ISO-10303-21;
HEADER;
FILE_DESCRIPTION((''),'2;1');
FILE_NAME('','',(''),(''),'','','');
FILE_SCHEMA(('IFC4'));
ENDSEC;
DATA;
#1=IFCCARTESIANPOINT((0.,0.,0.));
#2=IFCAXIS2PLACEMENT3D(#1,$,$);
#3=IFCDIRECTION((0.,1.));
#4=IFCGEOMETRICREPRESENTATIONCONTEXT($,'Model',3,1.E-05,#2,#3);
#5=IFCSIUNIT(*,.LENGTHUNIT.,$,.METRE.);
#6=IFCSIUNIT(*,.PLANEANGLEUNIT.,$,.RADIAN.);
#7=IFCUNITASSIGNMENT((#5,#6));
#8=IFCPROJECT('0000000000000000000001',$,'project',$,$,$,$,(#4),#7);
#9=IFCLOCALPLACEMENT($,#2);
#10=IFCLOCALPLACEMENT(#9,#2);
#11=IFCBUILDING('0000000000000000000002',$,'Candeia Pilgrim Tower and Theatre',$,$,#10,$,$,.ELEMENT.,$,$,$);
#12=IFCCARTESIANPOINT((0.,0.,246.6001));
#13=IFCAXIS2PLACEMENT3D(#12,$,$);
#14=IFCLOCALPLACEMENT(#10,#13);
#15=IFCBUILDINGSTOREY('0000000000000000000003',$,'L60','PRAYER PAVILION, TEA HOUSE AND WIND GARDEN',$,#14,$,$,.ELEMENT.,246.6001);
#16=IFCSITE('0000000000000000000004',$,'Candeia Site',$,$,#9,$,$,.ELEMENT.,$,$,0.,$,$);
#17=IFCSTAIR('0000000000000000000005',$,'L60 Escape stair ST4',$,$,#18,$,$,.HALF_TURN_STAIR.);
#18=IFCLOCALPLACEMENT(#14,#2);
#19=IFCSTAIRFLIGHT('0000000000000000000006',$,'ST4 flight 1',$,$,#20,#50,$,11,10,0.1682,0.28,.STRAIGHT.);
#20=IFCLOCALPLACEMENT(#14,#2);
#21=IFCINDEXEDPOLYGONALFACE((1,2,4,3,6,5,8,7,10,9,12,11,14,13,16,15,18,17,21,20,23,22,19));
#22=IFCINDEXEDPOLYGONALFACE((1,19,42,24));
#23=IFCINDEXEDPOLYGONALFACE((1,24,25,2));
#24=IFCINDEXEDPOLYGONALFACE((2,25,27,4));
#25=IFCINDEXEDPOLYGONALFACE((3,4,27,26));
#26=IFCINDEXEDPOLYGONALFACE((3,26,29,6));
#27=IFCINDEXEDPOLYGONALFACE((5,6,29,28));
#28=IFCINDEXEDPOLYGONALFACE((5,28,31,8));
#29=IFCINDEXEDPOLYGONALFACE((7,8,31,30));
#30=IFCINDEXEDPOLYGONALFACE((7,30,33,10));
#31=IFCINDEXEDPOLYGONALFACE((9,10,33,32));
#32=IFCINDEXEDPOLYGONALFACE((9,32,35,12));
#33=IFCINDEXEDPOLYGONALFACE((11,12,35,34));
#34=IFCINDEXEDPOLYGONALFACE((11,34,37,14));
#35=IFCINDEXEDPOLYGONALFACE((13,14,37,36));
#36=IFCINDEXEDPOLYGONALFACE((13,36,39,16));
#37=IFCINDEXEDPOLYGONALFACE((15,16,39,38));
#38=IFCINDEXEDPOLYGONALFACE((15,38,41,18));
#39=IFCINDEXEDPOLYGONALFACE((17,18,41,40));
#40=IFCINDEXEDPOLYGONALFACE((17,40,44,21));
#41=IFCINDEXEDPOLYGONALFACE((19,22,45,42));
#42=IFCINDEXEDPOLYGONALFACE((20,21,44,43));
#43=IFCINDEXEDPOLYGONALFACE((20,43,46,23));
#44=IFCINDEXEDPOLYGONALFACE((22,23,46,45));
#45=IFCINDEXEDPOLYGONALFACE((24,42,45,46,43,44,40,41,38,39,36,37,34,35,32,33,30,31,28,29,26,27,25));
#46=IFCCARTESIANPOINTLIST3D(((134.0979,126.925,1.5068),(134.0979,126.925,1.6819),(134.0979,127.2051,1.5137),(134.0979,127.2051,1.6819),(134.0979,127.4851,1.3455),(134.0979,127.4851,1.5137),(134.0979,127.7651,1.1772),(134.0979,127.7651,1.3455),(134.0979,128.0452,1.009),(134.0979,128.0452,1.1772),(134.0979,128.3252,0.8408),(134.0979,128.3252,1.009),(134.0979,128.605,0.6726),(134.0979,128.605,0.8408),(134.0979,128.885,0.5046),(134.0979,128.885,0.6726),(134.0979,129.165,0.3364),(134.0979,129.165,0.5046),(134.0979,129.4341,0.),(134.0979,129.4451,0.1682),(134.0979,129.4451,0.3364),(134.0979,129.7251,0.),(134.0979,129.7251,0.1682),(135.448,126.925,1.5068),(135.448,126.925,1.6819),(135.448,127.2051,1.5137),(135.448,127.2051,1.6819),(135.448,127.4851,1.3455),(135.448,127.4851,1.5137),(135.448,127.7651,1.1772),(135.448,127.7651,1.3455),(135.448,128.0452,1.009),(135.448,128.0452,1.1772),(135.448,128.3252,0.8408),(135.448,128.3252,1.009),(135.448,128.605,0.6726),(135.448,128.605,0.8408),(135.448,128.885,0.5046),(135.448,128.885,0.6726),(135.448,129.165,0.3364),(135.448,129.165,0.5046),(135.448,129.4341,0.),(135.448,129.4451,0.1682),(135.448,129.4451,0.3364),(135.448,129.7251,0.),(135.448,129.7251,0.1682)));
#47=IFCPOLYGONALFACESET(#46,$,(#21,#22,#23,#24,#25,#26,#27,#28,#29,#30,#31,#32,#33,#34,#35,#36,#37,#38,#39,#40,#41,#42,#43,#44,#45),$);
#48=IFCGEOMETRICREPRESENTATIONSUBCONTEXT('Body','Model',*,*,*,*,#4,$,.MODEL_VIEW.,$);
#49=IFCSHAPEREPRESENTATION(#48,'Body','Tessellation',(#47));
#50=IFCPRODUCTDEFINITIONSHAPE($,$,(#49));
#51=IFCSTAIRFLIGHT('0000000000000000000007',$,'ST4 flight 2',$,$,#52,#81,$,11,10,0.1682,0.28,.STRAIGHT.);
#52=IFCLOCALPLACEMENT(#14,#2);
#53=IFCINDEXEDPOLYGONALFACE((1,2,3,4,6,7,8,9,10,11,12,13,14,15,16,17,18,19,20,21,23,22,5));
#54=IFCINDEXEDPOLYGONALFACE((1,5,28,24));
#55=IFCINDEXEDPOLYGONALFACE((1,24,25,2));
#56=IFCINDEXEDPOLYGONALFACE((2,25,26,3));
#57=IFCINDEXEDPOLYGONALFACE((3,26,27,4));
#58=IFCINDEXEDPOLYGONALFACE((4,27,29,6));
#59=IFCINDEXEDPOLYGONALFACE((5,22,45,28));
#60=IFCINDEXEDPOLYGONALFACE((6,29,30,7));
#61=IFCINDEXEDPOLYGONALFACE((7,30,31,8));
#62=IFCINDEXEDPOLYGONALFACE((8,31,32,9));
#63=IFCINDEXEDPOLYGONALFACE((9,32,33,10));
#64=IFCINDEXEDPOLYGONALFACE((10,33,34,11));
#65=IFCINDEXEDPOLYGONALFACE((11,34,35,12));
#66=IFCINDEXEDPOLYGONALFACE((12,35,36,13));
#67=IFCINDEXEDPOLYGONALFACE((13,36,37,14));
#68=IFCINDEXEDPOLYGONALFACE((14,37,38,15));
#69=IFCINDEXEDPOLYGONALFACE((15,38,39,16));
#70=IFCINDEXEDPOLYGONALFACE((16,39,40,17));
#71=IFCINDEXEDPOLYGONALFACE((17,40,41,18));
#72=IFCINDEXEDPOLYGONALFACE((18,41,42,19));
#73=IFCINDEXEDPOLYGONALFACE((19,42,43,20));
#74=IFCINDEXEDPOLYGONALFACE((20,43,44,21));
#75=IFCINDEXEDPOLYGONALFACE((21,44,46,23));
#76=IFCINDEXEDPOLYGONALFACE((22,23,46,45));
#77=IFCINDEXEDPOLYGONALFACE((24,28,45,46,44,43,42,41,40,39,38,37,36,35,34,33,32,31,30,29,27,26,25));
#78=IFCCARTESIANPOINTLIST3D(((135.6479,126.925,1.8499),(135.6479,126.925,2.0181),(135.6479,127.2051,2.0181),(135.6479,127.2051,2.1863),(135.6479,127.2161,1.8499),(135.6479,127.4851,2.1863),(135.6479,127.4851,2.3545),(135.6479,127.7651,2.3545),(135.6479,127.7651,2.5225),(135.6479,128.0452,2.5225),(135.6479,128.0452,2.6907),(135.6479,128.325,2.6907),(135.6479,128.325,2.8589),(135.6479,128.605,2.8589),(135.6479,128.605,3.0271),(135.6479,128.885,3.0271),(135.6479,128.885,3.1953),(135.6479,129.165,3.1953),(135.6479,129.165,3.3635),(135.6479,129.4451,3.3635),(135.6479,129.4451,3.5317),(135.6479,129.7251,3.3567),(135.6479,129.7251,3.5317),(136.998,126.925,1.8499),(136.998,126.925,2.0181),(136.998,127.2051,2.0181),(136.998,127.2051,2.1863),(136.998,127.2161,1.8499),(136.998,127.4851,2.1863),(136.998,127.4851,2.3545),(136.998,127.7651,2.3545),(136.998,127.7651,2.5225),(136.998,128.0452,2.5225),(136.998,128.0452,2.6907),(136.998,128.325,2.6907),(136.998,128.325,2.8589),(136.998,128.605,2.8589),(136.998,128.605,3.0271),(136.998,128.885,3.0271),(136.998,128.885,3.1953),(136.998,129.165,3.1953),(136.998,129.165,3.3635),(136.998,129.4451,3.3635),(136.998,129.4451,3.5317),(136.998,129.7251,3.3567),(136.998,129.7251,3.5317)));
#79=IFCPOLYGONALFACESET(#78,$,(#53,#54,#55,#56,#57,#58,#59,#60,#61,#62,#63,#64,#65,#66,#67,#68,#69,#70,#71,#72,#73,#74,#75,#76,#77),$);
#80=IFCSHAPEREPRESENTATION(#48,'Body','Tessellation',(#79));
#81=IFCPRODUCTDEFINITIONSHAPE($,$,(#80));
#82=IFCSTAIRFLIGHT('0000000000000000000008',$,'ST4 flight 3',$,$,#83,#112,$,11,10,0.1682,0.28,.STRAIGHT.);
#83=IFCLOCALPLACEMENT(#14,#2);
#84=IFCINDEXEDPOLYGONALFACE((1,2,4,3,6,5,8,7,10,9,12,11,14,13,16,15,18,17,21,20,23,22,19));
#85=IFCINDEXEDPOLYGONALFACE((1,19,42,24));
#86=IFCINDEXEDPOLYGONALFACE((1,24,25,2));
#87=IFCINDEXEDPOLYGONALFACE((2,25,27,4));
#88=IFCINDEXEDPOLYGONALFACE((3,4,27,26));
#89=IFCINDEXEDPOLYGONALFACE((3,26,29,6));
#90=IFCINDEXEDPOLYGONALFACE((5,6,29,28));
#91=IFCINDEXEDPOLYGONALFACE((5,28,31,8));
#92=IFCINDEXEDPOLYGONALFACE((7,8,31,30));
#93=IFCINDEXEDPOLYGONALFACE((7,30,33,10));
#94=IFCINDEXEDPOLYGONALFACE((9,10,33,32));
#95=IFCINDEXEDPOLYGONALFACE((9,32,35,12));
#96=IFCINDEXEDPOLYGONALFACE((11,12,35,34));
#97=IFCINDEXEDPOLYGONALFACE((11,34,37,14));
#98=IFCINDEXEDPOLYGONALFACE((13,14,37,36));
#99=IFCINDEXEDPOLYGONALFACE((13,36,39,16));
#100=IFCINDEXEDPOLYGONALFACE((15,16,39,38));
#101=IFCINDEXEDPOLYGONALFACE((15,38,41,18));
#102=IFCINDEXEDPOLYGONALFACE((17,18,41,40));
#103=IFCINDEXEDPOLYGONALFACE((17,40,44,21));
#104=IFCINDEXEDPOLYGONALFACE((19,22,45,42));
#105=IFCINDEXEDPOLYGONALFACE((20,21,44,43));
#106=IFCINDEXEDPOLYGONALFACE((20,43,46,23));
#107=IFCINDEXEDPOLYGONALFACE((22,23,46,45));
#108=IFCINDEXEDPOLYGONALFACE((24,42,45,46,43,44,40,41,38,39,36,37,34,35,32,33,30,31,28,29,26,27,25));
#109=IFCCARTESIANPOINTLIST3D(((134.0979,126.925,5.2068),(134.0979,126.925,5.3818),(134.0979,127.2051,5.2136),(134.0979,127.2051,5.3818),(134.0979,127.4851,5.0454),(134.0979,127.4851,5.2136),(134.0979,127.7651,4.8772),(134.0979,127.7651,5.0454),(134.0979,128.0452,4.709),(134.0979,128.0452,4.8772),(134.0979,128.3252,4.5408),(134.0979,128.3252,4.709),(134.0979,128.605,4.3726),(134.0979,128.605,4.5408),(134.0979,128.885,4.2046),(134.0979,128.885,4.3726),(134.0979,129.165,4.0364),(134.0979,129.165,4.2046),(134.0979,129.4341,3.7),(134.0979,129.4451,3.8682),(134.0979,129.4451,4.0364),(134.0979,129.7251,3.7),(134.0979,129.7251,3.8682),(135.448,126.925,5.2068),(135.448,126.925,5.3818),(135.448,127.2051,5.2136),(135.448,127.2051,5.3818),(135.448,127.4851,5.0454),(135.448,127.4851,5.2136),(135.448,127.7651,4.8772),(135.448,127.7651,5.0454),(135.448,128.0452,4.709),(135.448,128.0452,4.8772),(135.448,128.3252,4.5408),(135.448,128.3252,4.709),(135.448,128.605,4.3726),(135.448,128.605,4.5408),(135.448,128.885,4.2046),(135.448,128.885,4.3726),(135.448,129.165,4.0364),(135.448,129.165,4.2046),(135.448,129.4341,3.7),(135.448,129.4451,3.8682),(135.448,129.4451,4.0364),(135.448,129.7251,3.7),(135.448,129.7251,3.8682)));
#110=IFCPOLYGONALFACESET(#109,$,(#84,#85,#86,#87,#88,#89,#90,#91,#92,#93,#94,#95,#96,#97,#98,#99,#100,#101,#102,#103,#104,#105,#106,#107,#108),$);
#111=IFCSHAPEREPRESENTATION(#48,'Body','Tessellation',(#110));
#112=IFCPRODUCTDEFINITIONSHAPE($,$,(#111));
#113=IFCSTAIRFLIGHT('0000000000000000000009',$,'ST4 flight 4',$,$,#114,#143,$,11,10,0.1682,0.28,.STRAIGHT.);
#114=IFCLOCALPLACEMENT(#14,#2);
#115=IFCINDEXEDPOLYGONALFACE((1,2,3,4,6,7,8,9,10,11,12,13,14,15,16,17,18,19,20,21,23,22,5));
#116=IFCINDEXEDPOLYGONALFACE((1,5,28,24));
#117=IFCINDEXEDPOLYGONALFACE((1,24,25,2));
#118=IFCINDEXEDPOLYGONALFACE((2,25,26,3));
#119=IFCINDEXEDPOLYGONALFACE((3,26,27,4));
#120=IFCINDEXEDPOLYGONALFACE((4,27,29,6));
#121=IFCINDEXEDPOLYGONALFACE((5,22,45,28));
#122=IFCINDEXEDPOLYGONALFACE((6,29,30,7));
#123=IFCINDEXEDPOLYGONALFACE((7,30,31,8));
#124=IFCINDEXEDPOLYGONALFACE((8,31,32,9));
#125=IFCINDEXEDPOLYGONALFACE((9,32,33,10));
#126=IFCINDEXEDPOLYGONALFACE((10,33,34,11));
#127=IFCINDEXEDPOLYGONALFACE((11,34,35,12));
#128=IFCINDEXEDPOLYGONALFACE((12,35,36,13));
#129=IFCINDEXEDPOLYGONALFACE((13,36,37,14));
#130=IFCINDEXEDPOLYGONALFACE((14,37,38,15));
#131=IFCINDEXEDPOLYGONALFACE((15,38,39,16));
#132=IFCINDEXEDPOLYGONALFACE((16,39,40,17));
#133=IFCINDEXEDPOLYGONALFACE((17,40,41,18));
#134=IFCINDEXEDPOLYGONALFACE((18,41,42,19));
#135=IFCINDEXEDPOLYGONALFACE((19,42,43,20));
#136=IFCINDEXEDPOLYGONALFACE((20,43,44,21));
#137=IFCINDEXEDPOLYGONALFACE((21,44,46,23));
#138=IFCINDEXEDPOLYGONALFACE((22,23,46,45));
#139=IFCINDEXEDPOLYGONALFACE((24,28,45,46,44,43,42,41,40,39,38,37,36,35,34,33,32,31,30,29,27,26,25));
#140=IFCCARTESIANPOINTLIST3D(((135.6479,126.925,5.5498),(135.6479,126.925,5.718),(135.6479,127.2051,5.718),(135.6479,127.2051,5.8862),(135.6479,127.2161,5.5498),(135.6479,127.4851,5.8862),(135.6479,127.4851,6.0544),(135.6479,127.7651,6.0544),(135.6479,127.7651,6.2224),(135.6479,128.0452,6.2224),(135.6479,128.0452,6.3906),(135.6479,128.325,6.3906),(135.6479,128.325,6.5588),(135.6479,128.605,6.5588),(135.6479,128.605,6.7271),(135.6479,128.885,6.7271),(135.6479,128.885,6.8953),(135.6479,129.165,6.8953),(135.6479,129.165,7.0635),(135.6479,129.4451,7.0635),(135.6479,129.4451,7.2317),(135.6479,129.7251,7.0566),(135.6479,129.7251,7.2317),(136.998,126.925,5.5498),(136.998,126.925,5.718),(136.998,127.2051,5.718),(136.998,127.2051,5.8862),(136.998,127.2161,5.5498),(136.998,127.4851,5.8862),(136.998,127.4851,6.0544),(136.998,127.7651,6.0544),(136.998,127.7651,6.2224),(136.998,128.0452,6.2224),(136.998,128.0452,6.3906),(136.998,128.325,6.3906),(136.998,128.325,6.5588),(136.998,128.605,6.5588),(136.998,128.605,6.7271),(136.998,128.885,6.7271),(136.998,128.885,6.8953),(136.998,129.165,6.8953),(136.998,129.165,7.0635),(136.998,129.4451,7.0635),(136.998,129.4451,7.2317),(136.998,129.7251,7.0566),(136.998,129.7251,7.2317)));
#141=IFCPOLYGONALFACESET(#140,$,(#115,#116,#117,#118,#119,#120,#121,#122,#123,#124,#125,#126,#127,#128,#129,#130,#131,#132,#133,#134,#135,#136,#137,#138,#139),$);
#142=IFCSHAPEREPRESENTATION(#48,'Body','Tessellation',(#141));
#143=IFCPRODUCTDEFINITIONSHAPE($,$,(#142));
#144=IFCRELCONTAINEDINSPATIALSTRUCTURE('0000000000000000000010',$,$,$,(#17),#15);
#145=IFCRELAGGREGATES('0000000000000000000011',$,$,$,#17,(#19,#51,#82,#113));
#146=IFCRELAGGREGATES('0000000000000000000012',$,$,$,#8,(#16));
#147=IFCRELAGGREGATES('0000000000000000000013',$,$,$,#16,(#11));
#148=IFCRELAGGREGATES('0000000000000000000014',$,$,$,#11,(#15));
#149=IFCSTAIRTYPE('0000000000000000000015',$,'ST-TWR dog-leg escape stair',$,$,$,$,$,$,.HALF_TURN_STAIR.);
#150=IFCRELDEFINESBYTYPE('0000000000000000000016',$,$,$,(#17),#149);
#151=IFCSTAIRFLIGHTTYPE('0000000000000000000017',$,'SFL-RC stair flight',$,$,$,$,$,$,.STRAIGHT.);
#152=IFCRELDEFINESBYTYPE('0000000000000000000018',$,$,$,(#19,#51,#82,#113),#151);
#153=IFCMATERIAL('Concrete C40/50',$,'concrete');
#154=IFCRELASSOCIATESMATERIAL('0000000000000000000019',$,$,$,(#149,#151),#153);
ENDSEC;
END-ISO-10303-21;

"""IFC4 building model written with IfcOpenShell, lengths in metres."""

from ifc_helpers import new_model, si_unit, direction, frame, origin, place, context, subcontext, project, spatial, polyline, outline, extrude, material, type_object, element, aggregate, save


model = new_model("IFC4")

# Units and contexts
model_context = context("Model", 3, precision=1e-05, world=origin(), true_north=direction((0.0, 1.0)))
body_context = subcontext(model_context, "Body", "Model", "MODEL_VIEW")
ifc_project = project(units=[si_unit("LENGTHUNIT", "METRE"), si_unit("PLANEANGLEUNIT", "RADIAN")], contexts=[model_context])

# Site, building, storey
site_placement = place(None, origin())
site = spatial("IfcSite", under=ifc_project, at=site_placement, Name="Candeia Site", CompositionType="ELEMENT", RefElevation=0.0)
building_placement = place(site_placement, origin())
building = spatial("IfcBuilding", under=site, at=building_placement, Name="Candeia Pilgrim Tower and Theatre", CompositionType="ELEMENT")
storey_placement = place(building_placement, frame((0.0, 0.0, 246.6001)))
storey = spatial("IfcBuildingStorey", under=building, at=storey_placement, Name="L60", Description="PRAYER PAVILION, TEA HOUSE AND WIND GARDEN", CompositionType="ELEMENT", Elevation=246.6001)

# Shared definitions
ifc_material_1 = material(Name="Concrete C40/50", Category="concrete")

# Stair, stair flights
stair_type = type_object("IfcStairType", Name="ST-TWR dog-leg escape stair", PredefinedType="HALF_TURN_STAIR", material=ifc_material_1)
stair_flight_type = type_object("IfcStairFlightType", Name="SFL-RC stair flight", PredefinedType="STRAIGHT", material=ifc_material_1)
stair_1_placement = place(storey_placement, origin())
stair_1 = element("IfcStair", 1, at=stair_1_placement, inside=storey, type_object=stair_type, Name="L60 Escape stair ST4", PredefinedType="HALF_TURN_STAIR")
stair_flight_1_placement = place(storey_placement, frame((134.7729, 129.7251, 0.0), z_axis=(0.0, 0.0, 1.0), x_axis=(0.0, -1.0, 0.0)))
stair_flight_1 = element("IfcStairFlight", 2, at=stair_flight_1_placement, type_object=stair_flight_type, Name="ST4 flight 1", NumberOfRisers=11, NumberOfTreads=10, PredefinedType="STRAIGHT", RiserHeight=0.1682, TreadLength=0.28, context=body_context, shape_type="SweptSolid", body=[
    extrude(outline(polyline([(0.0, 0.0), (0.0, 0.1682), (0.28, 0.1682), (0.28, 0.3364), (0.5601, 0.3364), (0.5601, 0.5046), (0.8401, 0.5046), (0.8401, 0.6726), (1.1201, 0.6726), (1.1201, 0.8408), (1.3999, 0.8408), (1.3999, 1.009), (1.6799, 1.009), (1.6799, 1.1772), (1.96, 1.1772), (1.96, 1.3455), (2.24, 1.3455), (2.24, 1.5137), (2.52, 1.5137), (2.52, 1.6819), (2.8, 1.6819), (2.8, 1.8501), (2.8, 1.5068), (0.291, 0.0), (0.0, 0.0)])), frame((0.0, 0.675, 0.0), z_axis=(0.0, -1.0, 0.0), x_axis=(1.0, 0.0, 0.0)), (0.0, 0.0, 1.0), 1.3501),
])
stair_flight_2_placement = place(storey_placement, frame((136.323, 126.925, 1.8499), z_axis=(0.0, 0.0, 1.0), x_axis=(0.0, 1.0, 0.0)))
stair_flight_2 = element("IfcStairFlight", 3, at=stair_flight_2_placement, type_object=stair_flight_type, Name="ST4 flight 2", NumberOfRisers=11, NumberOfTreads=10, PredefinedType="STRAIGHT", RiserHeight=0.1682, TreadLength=0.28, context=body_context, shape_type="SweptSolid", body=[
    extrude(outline(polyline([(0.0, 0.0), (0.0, 0.1682), (0.28, 0.1682), (0.28, 0.3364), (0.5601, 0.3364), (0.5601, 0.5046), (0.8401, 0.5046), (0.8401, 0.6726), (1.1201, 0.6726), (1.1201, 0.8408), (1.3999, 0.8408), (1.3999, 1.009), (1.6799, 1.009), (1.6799, 1.1772), (1.96, 1.1772), (1.96, 1.3455), (2.24, 1.3455), (2.24, 1.5137), (2.52, 1.5137), (2.52, 1.6819), (2.8, 1.6819), (2.8, 1.8501), (2.8, 1.5068), (0.291, 0.0), (0.0, 0.0)])), frame((0.0, 0.675, 0.0), z_axis=(0.0, -1.0, 0.0), x_axis=(1.0, 0.0, 0.0)), (0.0, 0.0, 1.0), 1.3501),
])
stair_flight_3_placement = place(storey_placement, frame((134.7729, 129.7251, 3.7), z_axis=(0.0, 0.0, 1.0), x_axis=(0.0, -1.0, 0.0)))
stair_flight_3 = element("IfcStairFlight", 4, at=stair_flight_3_placement, type_object=stair_flight_type, Name="ST4 flight 3", NumberOfRisers=11, NumberOfTreads=10, PredefinedType="STRAIGHT", RiserHeight=0.1682, TreadLength=0.28, context=body_context, shape_type="SweptSolid", body=[
    extrude(outline(polyline([(0.0, 0.0), (0.0, 0.1682), (0.28, 0.1682), (0.28, 0.3364), (0.5601, 0.3364), (0.5601, 0.5046), (0.8401, 0.5046), (0.8401, 0.6726), (1.1201, 0.6726), (1.1201, 0.8408), (1.3999, 0.8408), (1.3999, 1.009), (1.6799, 1.009), (1.6799, 1.1772), (1.96, 1.1772), (1.96, 1.3455), (2.24, 1.3455), (2.24, 1.5137), (2.52, 1.5137), (2.52, 1.6819), (2.8, 1.6819), (2.8, 1.8501), (2.8, 1.5068), (0.291, 0.0), (0.0, 0.0)])), frame((0.0, 0.675, 0.0), z_axis=(0.0, -1.0, 0.0), x_axis=(1.0, 0.0, 0.0)), (0.0, 0.0, 1.0), 1.3501),
])
stair_flight_4_placement = place(storey_placement, frame((136.323, 126.925, 5.5498), z_axis=(0.0, 0.0, 1.0), x_axis=(0.0, 1.0, 0.0)))
stair_flight_4 = element("IfcStairFlight", 5, at=stair_flight_4_placement, type_object=stair_flight_type, Name="ST4 flight 4", NumberOfRisers=11, NumberOfTreads=10, PredefinedType="STRAIGHT", RiserHeight=0.1682, TreadLength=0.28, context=body_context, shape_type="SweptSolid", body=[
    extrude(outline(polyline([(0.0, 0.0), (0.0, 0.1682), (0.28, 0.1682), (0.28, 0.3364), (0.5601, 0.3364), (0.5601, 0.5046), (0.8401, 0.5046), (0.8401, 0.6726), (1.1201, 0.6726), (1.1201, 0.8408), (1.3999, 0.8408), (1.3999, 1.009), (1.6799, 1.009), (1.6799, 1.1772), (1.96, 1.1772), (1.96, 1.3455), (2.24, 1.3455), (2.24, 1.5137), (2.52, 1.5137), (2.52, 1.6819), (2.8, 1.6819), (2.8, 1.8501), (2.8, 1.5068), (0.291, 0.0), (0.0, 0.0)])), frame((0.0, 0.675, 0.0), z_axis=(0.0, -1.0, 0.0), x_axis=(1.0, 0.0, 0.0)), (0.0, 0.0, 1.0), 1.3501),
])
aggregate(stair_1, [stair_flight_1, stair_flight_2, stair_flight_3, stair_flight_4])

save(model, "model.ifc")
